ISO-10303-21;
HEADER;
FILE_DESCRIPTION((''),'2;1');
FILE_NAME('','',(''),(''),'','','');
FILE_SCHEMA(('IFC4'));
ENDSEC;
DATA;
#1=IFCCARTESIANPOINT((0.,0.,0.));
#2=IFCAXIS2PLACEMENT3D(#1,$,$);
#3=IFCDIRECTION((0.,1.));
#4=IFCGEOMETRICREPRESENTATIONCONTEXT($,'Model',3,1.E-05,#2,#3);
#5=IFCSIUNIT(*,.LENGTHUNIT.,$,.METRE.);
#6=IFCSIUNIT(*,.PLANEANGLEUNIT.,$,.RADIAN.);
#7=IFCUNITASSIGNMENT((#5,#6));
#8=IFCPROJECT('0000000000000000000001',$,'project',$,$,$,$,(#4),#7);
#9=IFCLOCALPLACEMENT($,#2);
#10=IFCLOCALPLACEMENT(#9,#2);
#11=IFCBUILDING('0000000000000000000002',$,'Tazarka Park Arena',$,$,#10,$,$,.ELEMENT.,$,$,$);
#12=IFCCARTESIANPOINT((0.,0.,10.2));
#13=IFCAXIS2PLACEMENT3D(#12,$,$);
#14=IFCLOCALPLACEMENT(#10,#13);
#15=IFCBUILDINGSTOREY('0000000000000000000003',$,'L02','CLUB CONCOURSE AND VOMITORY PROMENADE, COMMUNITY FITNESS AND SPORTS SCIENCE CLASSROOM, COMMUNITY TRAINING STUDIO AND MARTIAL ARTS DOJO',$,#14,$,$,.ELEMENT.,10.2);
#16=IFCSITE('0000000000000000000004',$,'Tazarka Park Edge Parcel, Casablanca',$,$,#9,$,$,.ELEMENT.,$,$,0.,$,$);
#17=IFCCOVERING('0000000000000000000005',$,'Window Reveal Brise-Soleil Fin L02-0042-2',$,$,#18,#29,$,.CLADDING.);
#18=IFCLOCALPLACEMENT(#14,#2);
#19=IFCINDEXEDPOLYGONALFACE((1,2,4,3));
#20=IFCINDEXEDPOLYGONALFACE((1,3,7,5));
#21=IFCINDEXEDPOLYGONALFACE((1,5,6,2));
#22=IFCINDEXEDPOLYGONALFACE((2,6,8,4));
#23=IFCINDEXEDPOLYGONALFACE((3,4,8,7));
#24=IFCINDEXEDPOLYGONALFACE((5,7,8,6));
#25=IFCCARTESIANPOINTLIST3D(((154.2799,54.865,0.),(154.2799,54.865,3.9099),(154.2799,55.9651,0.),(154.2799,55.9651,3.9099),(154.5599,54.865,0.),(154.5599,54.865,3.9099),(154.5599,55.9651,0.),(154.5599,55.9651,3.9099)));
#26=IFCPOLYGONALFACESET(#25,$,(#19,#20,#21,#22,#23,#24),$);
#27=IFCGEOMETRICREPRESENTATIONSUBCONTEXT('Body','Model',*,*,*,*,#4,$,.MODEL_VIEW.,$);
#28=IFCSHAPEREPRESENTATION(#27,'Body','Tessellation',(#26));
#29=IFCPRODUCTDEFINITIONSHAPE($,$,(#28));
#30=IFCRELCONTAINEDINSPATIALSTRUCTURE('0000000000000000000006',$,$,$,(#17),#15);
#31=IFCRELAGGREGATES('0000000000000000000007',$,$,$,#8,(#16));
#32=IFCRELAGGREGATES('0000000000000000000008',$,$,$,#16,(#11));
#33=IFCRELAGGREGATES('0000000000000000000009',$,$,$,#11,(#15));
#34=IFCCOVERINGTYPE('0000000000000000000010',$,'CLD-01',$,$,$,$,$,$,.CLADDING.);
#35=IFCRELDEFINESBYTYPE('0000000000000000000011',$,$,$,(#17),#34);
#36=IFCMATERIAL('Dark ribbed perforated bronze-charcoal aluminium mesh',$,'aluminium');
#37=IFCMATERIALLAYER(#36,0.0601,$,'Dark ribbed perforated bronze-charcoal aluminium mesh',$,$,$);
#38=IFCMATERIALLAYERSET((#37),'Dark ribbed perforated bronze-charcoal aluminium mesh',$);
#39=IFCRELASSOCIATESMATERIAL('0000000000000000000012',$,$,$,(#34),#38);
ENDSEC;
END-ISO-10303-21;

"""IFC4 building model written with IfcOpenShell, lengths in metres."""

from ifc_helpers import new_model, si_unit, direction, frame, origin, origin_2d, place, context, subcontext, project, spatial, rectangle, extrude, material, layer, layer_set, type_object, element, save


model = new_model("IFC4")

# Units and contexts
model_context = context("Model", 3, precision=1e-05, world=origin(), true_north=direction((0.0, 1.0)))
body_context = subcontext(model_context, "Body", "Model", "MODEL_VIEW")
ifc_project = project(units=[si_unit("LENGTHUNIT", "METRE"), si_unit("PLANEANGLEUNIT", "RADIAN")], contexts=[model_context])

# Site, building, storey
site_placement = place(None, origin())
site = spatial("IfcSite", under=ifc_project, at=site_placement, Name="Tazarka Park Edge Parcel, Casablanca", CompositionType="ELEMENT", RefElevation=0.0)
building_placement = place(site_placement, origin())
building = spatial("IfcBuilding", under=site, at=building_placement, Name="Tazarka Park Arena", CompositionType="ELEMENT")
storey_placement = place(building_placement, frame((0.0, 0.0, 10.2)))
storey = spatial("IfcBuildingStorey", under=building, at=storey_placement, Name="L02", Description="CLUB CONCOURSE AND VOMITORY PROMENADE, COMMUNITY FITNESS AND SPORTS SCIENCE CLASSROOM, COMMUNITY TRAINING STUDIO AND MARTIAL ARTS DOJO", CompositionType="ELEMENT", Elevation=10.2)

# Covering
ifc_material_1 = material(Name="Dark ribbed perforated bronze-charcoal aluminium mesh", Category="aluminium")
ifc_layer_1 = layer(ifc_material_1, 0.0601, Name="Dark ribbed perforated bronze-charcoal aluminium mesh")
ifc_layer_set_1 = layer_set([ifc_layer_1], Name="Dark ribbed perforated bronze-charcoal aluminium mesh")
covering_type = type_object("IfcCoveringType", Name="CLD-01", PredefinedType="CLADDING", material=ifc_layer_set_1)
for number, where, z_axis, x_axis, name in (
    (1, (154.4199, 55.415, 0.0), (0.0, 0.0, 1.0), (-1.0, 0.0, 0.0), "Window Reveal Brise-Soleil Fin L02-0042-2"),
):
    element("IfcCovering", number, at=place(storey_placement, frame(where, z_axis=z_axis, x_axis=x_axis)), inside=storey, type_object=covering_type, Name=name, PredefinedType="CLADDING", context=body_context, shape_type="SweptSolid", body=[
        extrude(rectangle(XDim=0.28, YDim=1.1001, at=origin_2d()), origin(), (0.0, 0.0, 1.0), 3.9099),
    ])

save(model, "model.ifc")
